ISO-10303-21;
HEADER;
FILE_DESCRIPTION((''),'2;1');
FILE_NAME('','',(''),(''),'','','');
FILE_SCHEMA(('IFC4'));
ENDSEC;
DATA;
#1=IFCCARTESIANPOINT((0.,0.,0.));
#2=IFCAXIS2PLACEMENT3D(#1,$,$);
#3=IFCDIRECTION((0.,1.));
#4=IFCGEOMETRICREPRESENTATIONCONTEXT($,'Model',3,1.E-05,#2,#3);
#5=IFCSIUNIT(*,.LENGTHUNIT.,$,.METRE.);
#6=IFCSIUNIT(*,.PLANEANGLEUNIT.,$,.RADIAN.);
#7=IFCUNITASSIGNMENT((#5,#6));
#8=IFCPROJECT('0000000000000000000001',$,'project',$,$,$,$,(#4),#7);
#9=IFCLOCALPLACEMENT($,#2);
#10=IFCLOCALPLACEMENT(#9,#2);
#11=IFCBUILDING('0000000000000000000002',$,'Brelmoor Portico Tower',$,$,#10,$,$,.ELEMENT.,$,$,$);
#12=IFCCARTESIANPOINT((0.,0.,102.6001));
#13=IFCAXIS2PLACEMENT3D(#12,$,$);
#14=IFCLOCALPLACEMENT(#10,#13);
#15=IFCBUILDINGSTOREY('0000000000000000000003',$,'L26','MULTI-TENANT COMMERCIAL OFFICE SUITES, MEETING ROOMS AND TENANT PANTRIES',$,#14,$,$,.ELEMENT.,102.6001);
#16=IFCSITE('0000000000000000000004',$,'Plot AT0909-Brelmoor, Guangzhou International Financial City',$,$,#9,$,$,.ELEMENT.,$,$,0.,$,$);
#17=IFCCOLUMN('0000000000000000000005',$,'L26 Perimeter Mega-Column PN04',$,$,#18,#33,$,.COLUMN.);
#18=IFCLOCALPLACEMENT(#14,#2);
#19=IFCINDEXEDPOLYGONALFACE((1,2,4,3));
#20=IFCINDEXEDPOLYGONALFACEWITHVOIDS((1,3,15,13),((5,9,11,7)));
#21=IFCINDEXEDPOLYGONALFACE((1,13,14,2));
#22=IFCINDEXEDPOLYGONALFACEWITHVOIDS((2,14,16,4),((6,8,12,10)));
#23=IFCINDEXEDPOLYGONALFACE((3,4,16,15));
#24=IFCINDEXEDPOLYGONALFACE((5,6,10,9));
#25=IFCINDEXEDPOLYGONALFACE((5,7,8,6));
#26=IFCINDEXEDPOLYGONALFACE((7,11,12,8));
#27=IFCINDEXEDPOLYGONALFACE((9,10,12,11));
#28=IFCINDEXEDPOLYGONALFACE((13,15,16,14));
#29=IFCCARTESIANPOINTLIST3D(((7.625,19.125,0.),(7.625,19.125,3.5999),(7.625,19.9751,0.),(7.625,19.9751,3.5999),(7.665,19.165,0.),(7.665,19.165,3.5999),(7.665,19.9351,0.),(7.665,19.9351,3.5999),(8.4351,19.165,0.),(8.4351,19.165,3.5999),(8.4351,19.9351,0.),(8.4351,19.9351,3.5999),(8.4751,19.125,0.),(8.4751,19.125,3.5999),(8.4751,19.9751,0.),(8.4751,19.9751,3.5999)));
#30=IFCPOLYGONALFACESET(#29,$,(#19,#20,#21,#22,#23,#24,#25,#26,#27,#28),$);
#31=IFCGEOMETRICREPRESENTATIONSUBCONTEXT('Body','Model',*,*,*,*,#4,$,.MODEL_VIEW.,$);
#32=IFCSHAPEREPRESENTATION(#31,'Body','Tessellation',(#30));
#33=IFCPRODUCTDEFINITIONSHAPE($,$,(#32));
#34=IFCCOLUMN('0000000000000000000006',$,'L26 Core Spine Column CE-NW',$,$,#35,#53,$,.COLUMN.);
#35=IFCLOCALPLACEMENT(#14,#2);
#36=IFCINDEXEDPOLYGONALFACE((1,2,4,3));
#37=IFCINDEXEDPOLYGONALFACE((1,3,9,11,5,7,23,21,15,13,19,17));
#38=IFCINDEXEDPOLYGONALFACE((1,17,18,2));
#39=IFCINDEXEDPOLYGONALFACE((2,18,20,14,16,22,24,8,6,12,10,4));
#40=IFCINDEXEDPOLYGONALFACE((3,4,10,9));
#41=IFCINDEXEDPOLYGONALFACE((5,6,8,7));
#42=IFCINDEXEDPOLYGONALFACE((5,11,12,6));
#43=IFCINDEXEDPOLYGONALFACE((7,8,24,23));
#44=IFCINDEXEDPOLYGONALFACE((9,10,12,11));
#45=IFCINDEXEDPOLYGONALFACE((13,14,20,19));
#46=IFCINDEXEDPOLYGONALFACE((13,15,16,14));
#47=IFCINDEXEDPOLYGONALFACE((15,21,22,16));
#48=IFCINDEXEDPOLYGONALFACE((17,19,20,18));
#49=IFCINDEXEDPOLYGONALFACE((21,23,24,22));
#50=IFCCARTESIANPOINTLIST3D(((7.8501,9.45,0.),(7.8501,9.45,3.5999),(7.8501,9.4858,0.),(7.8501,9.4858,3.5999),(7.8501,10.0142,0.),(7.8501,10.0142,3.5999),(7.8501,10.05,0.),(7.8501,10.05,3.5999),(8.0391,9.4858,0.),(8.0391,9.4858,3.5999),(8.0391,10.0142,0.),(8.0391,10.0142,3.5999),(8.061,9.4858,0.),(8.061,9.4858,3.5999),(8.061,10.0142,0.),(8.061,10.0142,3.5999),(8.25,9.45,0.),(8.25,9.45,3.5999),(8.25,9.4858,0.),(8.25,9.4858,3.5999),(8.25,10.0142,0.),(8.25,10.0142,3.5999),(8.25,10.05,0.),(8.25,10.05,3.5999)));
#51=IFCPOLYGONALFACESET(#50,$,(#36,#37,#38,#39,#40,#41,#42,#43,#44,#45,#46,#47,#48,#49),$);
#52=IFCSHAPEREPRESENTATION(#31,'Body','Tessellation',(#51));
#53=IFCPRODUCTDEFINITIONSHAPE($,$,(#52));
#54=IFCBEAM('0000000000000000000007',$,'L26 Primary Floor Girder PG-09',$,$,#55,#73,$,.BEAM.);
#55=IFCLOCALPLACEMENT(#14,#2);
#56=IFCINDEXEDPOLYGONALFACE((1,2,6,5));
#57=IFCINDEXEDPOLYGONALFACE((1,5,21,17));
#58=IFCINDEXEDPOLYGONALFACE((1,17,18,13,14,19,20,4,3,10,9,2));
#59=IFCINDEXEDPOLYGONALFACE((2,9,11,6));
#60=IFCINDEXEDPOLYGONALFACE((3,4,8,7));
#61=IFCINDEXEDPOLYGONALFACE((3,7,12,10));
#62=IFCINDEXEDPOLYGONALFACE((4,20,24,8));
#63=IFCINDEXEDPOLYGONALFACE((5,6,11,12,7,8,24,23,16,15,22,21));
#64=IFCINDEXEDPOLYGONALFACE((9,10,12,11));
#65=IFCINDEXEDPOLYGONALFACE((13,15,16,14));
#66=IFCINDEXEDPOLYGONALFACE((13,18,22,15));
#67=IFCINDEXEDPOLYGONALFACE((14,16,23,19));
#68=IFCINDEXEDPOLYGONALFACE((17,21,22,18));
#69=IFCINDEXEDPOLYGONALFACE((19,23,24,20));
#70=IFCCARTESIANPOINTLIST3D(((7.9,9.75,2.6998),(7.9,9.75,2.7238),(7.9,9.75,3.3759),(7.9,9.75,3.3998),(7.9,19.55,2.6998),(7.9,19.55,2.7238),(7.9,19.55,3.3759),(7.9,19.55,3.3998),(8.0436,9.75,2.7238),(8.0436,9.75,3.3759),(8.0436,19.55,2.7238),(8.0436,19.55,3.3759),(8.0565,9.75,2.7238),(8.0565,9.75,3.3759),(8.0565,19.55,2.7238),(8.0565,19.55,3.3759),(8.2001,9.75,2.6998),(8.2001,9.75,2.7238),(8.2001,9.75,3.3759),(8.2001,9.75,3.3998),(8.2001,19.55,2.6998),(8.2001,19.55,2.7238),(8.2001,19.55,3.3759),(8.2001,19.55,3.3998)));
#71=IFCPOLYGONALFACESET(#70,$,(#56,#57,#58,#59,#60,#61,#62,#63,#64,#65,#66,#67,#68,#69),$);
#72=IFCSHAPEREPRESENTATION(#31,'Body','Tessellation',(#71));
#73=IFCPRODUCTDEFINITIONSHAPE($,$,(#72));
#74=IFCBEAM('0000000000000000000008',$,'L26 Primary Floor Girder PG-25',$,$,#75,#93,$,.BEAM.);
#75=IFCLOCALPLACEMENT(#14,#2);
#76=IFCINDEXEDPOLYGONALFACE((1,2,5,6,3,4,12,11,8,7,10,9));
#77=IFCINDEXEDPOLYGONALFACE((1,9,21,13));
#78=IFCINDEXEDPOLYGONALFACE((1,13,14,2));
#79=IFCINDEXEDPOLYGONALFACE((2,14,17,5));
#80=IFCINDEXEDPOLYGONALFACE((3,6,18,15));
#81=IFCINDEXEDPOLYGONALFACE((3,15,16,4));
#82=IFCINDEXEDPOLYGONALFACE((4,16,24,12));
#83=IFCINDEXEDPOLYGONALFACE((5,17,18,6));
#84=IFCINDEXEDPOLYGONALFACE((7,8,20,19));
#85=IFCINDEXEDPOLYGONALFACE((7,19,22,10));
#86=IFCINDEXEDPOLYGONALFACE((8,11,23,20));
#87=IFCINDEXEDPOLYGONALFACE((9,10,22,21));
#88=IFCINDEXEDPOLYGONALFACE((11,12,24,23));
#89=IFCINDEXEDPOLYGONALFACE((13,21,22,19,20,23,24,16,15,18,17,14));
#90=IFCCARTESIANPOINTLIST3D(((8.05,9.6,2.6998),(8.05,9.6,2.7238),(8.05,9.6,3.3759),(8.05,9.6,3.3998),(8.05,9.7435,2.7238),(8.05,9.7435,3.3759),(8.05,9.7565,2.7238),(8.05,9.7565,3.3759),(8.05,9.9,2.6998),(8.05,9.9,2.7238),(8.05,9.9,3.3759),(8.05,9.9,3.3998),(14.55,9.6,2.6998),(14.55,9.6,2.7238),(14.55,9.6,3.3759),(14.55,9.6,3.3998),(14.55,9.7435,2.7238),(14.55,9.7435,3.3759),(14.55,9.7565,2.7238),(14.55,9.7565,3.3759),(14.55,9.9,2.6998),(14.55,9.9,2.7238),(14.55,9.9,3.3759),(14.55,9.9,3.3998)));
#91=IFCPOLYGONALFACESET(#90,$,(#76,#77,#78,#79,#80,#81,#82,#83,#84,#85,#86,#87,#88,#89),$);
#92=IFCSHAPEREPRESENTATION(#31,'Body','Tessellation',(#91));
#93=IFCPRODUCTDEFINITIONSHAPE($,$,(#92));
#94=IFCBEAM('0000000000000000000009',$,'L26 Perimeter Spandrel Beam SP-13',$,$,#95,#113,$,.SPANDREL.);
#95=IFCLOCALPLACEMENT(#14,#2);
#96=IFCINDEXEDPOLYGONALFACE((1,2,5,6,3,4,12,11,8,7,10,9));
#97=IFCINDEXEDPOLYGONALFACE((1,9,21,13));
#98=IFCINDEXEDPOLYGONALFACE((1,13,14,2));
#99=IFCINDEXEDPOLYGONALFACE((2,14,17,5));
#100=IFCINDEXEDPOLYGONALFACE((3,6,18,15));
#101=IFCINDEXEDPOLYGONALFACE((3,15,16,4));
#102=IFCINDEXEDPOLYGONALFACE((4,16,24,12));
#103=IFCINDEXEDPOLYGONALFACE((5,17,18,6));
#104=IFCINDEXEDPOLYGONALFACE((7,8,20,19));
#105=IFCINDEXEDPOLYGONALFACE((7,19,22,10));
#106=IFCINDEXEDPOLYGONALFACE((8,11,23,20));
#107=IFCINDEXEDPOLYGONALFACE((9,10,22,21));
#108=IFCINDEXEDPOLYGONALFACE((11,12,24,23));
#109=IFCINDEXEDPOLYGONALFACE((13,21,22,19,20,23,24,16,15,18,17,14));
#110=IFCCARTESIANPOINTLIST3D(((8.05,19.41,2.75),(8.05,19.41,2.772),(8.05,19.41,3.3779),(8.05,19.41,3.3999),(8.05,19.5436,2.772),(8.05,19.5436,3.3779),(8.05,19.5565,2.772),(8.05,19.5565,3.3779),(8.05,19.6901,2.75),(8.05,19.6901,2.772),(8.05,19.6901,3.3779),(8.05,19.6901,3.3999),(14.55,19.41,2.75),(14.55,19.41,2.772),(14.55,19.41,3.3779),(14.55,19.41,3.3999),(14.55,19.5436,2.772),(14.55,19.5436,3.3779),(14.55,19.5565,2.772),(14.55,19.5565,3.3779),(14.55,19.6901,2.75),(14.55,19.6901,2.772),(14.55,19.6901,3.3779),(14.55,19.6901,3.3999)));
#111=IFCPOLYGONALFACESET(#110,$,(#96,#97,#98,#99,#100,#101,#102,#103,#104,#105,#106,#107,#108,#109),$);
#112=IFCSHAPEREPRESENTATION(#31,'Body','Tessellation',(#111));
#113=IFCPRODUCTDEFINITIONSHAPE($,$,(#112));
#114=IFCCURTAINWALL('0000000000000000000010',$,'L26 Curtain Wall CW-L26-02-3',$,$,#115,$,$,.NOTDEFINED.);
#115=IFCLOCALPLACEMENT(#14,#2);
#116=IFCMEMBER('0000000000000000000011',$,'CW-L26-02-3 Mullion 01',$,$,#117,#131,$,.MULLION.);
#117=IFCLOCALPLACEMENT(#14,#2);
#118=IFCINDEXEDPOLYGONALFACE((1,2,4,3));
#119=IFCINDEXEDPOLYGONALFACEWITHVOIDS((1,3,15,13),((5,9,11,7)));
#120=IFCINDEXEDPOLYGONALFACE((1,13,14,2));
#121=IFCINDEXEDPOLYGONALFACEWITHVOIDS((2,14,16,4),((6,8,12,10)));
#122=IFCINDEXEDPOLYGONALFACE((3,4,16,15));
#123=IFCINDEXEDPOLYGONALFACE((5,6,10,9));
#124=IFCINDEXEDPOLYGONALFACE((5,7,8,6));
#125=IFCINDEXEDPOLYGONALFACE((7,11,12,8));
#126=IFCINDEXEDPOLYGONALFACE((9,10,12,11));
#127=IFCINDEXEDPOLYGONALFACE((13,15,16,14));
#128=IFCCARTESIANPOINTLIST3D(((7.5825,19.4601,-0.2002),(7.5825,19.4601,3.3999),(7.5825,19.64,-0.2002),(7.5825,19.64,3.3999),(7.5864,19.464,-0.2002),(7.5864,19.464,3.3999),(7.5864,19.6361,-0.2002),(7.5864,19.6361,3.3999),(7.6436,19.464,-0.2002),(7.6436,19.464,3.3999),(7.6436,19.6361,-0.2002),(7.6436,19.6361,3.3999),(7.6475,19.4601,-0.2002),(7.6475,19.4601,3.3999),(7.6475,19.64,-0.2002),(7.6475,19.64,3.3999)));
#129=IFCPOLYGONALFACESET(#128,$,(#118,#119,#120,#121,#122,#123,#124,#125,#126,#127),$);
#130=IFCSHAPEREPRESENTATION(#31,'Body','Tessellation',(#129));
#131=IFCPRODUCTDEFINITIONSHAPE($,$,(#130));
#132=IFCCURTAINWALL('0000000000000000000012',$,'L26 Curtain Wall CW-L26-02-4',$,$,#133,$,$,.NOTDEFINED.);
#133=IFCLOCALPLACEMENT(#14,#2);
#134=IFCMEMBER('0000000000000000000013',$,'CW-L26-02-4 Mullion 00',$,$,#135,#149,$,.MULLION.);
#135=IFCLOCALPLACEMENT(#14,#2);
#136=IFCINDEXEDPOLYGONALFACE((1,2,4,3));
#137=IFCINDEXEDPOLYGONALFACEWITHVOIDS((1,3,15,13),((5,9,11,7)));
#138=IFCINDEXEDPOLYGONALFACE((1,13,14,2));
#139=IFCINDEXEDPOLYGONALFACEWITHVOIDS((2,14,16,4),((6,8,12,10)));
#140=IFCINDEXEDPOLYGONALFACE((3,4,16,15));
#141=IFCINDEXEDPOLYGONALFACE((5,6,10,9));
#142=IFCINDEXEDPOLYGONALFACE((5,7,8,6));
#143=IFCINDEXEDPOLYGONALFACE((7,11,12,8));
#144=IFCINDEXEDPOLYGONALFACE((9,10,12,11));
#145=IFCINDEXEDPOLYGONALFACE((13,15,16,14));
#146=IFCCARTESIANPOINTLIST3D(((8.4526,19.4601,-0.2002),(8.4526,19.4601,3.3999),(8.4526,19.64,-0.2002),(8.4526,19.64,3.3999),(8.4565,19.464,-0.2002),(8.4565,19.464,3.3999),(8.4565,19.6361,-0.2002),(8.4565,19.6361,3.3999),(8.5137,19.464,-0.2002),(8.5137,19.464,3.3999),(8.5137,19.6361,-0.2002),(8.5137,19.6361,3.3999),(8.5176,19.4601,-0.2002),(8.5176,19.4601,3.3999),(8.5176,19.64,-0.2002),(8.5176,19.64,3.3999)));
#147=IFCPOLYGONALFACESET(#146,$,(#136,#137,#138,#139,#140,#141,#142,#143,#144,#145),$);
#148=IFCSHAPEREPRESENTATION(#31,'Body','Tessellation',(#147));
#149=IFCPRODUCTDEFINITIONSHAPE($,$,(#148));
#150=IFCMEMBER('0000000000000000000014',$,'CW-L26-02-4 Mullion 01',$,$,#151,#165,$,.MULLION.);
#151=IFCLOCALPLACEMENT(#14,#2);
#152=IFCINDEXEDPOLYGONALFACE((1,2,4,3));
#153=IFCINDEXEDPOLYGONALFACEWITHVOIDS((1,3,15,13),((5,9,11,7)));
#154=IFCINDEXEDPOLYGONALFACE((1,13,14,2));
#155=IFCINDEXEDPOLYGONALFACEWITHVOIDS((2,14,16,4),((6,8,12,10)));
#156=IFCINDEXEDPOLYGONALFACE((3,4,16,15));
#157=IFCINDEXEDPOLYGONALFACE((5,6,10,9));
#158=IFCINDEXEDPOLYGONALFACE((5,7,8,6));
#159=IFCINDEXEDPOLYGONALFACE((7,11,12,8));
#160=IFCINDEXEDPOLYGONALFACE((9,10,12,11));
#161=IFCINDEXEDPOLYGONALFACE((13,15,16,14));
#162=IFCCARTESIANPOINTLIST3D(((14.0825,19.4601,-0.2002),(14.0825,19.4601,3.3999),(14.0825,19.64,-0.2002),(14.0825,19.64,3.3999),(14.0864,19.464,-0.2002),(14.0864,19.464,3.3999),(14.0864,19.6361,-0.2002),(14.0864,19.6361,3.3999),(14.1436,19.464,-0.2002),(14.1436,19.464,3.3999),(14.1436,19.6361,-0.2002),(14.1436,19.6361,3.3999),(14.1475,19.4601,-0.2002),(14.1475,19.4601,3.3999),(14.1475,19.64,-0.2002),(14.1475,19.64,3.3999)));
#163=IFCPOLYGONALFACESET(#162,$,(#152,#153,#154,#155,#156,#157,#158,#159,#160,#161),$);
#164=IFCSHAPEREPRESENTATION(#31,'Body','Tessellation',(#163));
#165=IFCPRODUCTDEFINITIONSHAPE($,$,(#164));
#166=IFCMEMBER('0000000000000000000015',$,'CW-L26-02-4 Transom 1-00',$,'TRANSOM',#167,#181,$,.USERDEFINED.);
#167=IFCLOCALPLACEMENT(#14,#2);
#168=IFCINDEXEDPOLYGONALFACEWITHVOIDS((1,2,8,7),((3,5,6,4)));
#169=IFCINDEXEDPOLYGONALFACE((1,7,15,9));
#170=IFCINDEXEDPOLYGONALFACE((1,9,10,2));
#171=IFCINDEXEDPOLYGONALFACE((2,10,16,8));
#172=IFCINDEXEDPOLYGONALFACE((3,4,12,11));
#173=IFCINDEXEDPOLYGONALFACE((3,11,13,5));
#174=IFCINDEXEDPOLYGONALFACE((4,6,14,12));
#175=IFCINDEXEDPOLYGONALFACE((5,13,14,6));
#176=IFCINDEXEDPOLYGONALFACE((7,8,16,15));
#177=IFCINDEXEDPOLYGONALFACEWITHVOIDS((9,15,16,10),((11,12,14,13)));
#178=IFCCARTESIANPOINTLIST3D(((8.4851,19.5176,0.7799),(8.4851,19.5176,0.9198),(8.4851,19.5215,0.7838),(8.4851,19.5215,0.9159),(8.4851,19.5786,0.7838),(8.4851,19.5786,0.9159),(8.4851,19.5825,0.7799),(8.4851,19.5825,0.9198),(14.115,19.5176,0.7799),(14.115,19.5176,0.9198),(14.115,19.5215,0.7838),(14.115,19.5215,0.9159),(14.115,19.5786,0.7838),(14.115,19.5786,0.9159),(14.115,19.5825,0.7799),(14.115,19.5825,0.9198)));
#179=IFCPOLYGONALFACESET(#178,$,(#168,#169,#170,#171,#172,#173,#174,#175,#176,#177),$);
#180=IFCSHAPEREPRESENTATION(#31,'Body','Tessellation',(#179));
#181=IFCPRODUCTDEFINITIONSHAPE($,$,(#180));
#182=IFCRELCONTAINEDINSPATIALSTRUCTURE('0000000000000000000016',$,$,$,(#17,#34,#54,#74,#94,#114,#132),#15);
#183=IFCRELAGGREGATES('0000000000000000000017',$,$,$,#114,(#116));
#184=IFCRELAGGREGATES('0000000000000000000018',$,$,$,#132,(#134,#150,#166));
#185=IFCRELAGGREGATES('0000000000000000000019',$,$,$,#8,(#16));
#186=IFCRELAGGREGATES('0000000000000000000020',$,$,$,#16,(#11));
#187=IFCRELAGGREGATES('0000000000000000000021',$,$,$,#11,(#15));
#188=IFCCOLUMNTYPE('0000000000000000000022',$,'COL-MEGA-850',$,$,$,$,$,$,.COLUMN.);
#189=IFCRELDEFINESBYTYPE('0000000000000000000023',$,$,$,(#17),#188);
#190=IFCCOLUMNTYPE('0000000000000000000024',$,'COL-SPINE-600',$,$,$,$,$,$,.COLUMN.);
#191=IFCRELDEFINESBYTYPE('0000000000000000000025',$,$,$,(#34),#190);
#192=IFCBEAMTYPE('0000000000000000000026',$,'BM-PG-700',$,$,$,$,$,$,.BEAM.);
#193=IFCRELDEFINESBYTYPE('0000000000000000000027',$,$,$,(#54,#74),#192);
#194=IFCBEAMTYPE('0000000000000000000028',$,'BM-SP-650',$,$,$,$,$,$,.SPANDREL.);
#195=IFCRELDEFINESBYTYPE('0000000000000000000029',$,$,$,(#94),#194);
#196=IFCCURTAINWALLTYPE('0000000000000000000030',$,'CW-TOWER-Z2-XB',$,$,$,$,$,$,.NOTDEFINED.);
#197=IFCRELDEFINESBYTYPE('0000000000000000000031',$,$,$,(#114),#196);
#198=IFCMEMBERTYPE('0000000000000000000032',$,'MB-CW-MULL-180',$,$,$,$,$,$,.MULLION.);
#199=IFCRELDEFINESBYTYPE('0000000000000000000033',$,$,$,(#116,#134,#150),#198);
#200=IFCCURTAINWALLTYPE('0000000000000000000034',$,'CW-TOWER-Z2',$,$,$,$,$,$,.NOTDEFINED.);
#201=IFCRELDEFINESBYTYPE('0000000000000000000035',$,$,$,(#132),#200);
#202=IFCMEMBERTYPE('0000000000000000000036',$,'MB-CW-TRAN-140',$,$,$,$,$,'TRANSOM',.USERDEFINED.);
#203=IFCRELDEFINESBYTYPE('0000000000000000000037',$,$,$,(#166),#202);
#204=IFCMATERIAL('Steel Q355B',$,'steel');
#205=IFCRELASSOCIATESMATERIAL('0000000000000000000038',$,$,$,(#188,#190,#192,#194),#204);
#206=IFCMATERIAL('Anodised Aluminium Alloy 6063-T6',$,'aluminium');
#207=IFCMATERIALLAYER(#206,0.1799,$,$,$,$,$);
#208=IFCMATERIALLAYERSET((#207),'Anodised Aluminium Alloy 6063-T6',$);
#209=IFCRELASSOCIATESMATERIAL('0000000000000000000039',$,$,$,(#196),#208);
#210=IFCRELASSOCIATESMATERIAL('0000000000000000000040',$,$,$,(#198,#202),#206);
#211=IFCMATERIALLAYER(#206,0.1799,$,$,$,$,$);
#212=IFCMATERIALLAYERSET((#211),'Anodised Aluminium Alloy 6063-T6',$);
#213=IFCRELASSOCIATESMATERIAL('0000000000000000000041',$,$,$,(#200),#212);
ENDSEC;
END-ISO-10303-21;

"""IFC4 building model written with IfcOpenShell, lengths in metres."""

from ifc_helpers import new_model, si_unit, direction, frame, origin, origin_2d, place, context, subcontext, project, spatial, hollow_rectangle, i_section, extrude, material, layer, layer_set, material_profile, profile_set, type_object, element, aggregate, save


model = new_model("IFC4")

# Units and contexts
model_context = context("Model", 3, precision=1e-05, world=origin(), true_north=direction((0.0, 1.0)))
body_context = subcontext(model_context, "Body", "Model", "MODEL_VIEW")
ifc_project = project(units=[si_unit("LENGTHUNIT", "METRE"), si_unit("PLANEANGLEUNIT", "RADIAN")], contexts=[model_context])

# Site, building, storey
site_placement = place(None, origin())
site = spatial("IfcSite", under=ifc_project, at=site_placement, Name="Plot AT0909-Brelmoor, Guangzhou International Financial City", CompositionType="ELEMENT", RefElevation=0.0)
building_placement = place(site_placement, origin())
building = spatial("IfcBuilding", under=site, at=building_placement, Name="Brelmoor Portico Tower", CompositionType="ELEMENT")
storey_placement = place(building_placement, frame((0.0, 0.0, 102.6001)))
storey = spatial("IfcBuildingStorey", under=building, at=storey_placement, Name="L26", Description="MULTI-TENANT COMMERCIAL OFFICE SUITES, MEETING ROOMS AND TENANT PANTRIES", CompositionType="ELEMENT", Elevation=102.6001)

# Columns
ifc_material_1 = material(Name="Steel Q355B", Category="steel")
ifc_material_profile_1 = material_profile(ifc_material_1, hollow_rectangle(XDim=0.8501, YDim=0.8501, WallThickness=0.04, at=origin_2d()), Name="BOX 850x850x40")
ifc_profile_set_1 = profile_set([ifc_material_profile_1], Name="Steel Q355B")
column_type_1 = type_object("IfcColumnType", Name="COL-MEGA-850", PredefinedType="COLUMN", material=ifc_profile_set_1)
column_1_placement = place(storey_placement, frame((8.05, 19.55, 0.0), z_axis=(0.0, 0.0, 1.0), x_axis=(1.0, 0.0, 0.0)))
element("IfcColumn", 1, at=column_1_placement, inside=storey, type_object=column_type_1, Name="L26 Perimeter Mega-Column PN04", PredefinedType="COLUMN", context=body_context, shape_type="SweptSolid", body=[
    extrude(hollow_rectangle(XDim=0.8501, YDim=0.8501, WallThickness=0.04, at=origin_2d()), origin(), (0.0, 0.0, 1.0), 3.5999),
])
ifc_material_profile_2 = material_profile(ifc_material_1, i_section(OverallWidth=0.3999, OverallDepth=0.6001, WebThickness=0.022, FlangeThickness=0.0359, at=origin_2d()), Name="HW 600x400x22x36")
ifc_profile_set_2 = profile_set([ifc_material_profile_2], Name="Steel Q355B")
column_type_2 = type_object("IfcColumnType", Name="COL-SPINE-600", PredefinedType="COLUMN", material=ifc_profile_set_2)
column_2_placement = place(storey_placement, frame((8.05, 9.75, 0.0), z_axis=(0.0, 0.0, 1.0), x_axis=(1.0, 0.0, 0.0)))
element("IfcColumn", 2, at=column_2_placement, inside=storey, type_object=column_type_2, Name="L26 Core Spine Column CE-NW", PredefinedType="COLUMN", context=body_context, shape_type="SweptSolid", body=[
    extrude(i_section(OverallWidth=0.3999, OverallDepth=0.6001, WebThickness=0.022, FlangeThickness=0.0359, at=origin_2d()), origin(), (0.0, 0.0, 1.0), 3.5999),
])

# Beams
ifc_material_profile_3 = material_profile(ifc_material_1, i_section(OverallWidth=0.3, OverallDepth=0.7, WebThickness=0.0129, FlangeThickness=0.0239, at=origin_2d()), Name="HN 700x300x13x24")
ifc_profile_set_3 = profile_set([ifc_material_profile_3], Name="Steel Q355B")
beam_type_1 = type_object("IfcBeamType", Name="BM-PG-700", PredefinedType="BEAM", material=ifc_profile_set_3)
beam_1_placement = place(storey_placement, frame((8.05, 9.75, 3.0498), z_axis=(0.0, 1.0, 0.0), x_axis=(-1.0, 0.0, 0.0)))
element("IfcBeam", 3, at=beam_1_placement, inside=storey, type_object=beam_type_1, Name="L26 Primary Floor Girder PG-09", PredefinedType="BEAM", context=body_context, shape_type="SweptSolid", body=[
    extrude(i_section(OverallWidth=0.3, OverallDepth=0.7, WebThickness=0.0129, FlangeThickness=0.0239, at=origin_2d()), origin(), (0.0, 0.0, 1.0), 9.8),
])
beam_2_placement = place(storey_placement, frame((8.05, 9.75, 3.0498), z_axis=(1.0, 0.0, 0.0), x_axis=(0.0, 1.0, 0.0)))
element("IfcBeam", 4, at=beam_2_placement, inside=storey, type_object=beam_type_1, Name="L26 Primary Floor Girder PG-25", PredefinedType="BEAM", context=body_context, shape_type="SweptSolid", body=[
    extrude(i_section(OverallWidth=0.3, OverallDepth=0.7, WebThickness=0.0129, FlangeThickness=0.0239, at=origin_2d()), origin(), (0.0, 0.0, 1.0), 6.5),
])
ifc_material_profile_4 = material_profile(ifc_material_1, i_section(OverallWidth=0.28, OverallDepth=0.6499, WebThickness=0.0129, FlangeThickness=0.022, at=origin_2d()), Name="HN 650x280x13x22")
ifc_profile_set_4 = profile_set([ifc_material_profile_4], Name="Steel Q355B")
beam_type_2 = type_object("IfcBeamType", Name="BM-SP-650", PredefinedType="SPANDREL", material=ifc_profile_set_4)
beam_3_placement = place(storey_placement, frame((8.05, 19.55, 3.075), z_axis=(1.0, 0.0, 0.0), x_axis=(0.0, 1.0, 0.0)))
element("IfcBeam", 5, at=beam_3_placement, inside=storey, type_object=beam_type_2, Name="L26 Perimeter Spandrel Beam SP-13", PredefinedType="SPANDREL", context=body_context, shape_type="SweptSolid", body=[
    extrude(i_section(OverallWidth=0.28, OverallDepth=0.6499, WebThickness=0.0129, FlangeThickness=0.022, at=origin_2d()), origin(), (0.0, 0.0, 1.0), 6.5),
])

# Curtain wall, member
ifc_material_2 = material(Name="Anodised Aluminium Alloy 6063-T6", Category="aluminium")
ifc_layer_1 = layer(ifc_material_2, 0.1799)
ifc_layer_set_1 = layer_set([ifc_layer_1], Name="Anodised Aluminium Alloy 6063-T6")
curtain_wall_type_1 = type_object("IfcCurtainWallType", Name="CW-TOWER-Z2-XB", PredefinedType="NOTDEFINED", material=ifc_layer_set_1)
curtain_wall_1_placement = place(storey_placement, origin())
curtain_wall_1 = element("IfcCurtainWall", 6, at=curtain_wall_1_placement, inside=storey, type_object=curtain_wall_type_1, Name="L26 Curtain Wall CW-L26-02-3", PredefinedType="NOTDEFINED")
ifc_material_profile_5 = material_profile(ifc_material_2, hollow_rectangle(XDim=0.0649, YDim=0.1799, WallThickness=0.0039, at=origin_2d()), Name="ALU MULLION 65x180")
ifc_profile_set_5 = profile_set([ifc_material_profile_5], Name="Anodised Aluminium Alloy 6063-T6")
member_type_1 = type_object("IfcMemberType", Name="MB-CW-MULL-180", PredefinedType="MULLION", material=ifc_profile_set_5)
member_1_placement = place(storey_placement, frame((7.615, 19.55, -0.2002), z_axis=(0.0, 0.0, 1.0), x_axis=(1.0, 0.0, 0.0)))
member_1 = element("IfcMember", 7, at=member_1_placement, type_object=member_type_1, Name="CW-L26-02-3 Mullion 01", PredefinedType="MULLION", context=body_context, shape_type="SweptSolid", body=[
    extrude(hollow_rectangle(XDim=0.0649, YDim=0.1799, WallThickness=0.0039, at=origin_2d()), origin(), (0.0, 0.0, 1.0), 3.6001),
])

# Curtain wall, members
ifc_layer_2 = layer(ifc_material_2, 0.1799)
ifc_layer_set_2 = layer_set([ifc_layer_2], Name="Anodised Aluminium Alloy 6063-T6")
curtain_wall_type_2 = type_object("IfcCurtainWallType", Name="CW-TOWER-Z2", PredefinedType="NOTDEFINED", material=ifc_layer_set_2)
curtain_wall_2_placement = place(storey_placement, origin())
curtain_wall_2 = element("IfcCurtainWall", 8, at=curtain_wall_2_placement, inside=storey, type_object=curtain_wall_type_2, Name="L26 Curtain Wall CW-L26-02-4", PredefinedType="NOTDEFINED")
member_2_placement = place(storey_placement, frame((8.4851, 19.55, -0.2002), z_axis=(0.0, 0.0, 1.0), x_axis=(1.0, 0.0, 0.0)))
member_2 = element("IfcMember", 9, at=member_2_placement, type_object=member_type_1, Name="CW-L26-02-4 Mullion 00", PredefinedType="MULLION", context=body_context, shape_type="SweptSolid", body=[
    extrude(hollow_rectangle(XDim=0.0649, YDim=0.1799, WallThickness=0.0039, at=origin_2d()), origin(), (0.0, 0.0, 1.0), 3.6001),
])
member_3_placement = place(storey_placement, frame((14.115, 19.55, -0.2002), z_axis=(0.0, 0.0, 1.0), x_axis=(1.0, 0.0, 0.0)))
member_3 = element("IfcMember", 10, at=member_3_placement, type_object=member_type_1, Name="CW-L26-02-4 Mullion 01", PredefinedType="MULLION", context=body_context, shape_type="SweptSolid", body=[
    extrude(hollow_rectangle(XDim=0.0649, YDim=0.1799, WallThickness=0.0039, at=origin_2d()), origin(), (0.0, 0.0, 1.0), 3.6001),
])
ifc_material_profile_6 = material_profile(ifc_material_2, hollow_rectangle(XDim=0.0649, YDim=0.1399, WallThickness=0.0039, at=origin_2d()), Name="ALU TRANSOM 65x140")
ifc_profile_set_6 = profile_set([ifc_material_profile_6], Name="Anodised Aluminium Alloy 6063-T6")
member_type_2 = type_object("IfcMemberType", Name="MB-CW-TRAN-140", ElementType="TRANSOM", PredefinedType="USERDEFINED", material=ifc_profile_set_6)
member_4_placement = place(storey_placement, frame((8.4851, 19.55, 0.8499), z_axis=(1.0, 0.0, 0.0), x_axis=(0.0, 1.0, 0.0)))
member_4 = element("IfcMember", 11, at=member_4_placement, type_object=member_type_2, Name="CW-L26-02-4 Transom 1-00", ObjectType="TRANSOM", PredefinedType="USERDEFINED", context=body_context, shape_type="SweptSolid", body=[
    extrude(hollow_rectangle(XDim=0.0649, YDim=0.1399, WallThickness=0.0039, at=origin_2d()), origin(), (0.0, 0.0, 1.0), 5.6299),
])

aggregate(curtain_wall_1, [member_1])
aggregate(curtain_wall_2, [member_2, member_3, member_4])

save(model, "model.ifc")
